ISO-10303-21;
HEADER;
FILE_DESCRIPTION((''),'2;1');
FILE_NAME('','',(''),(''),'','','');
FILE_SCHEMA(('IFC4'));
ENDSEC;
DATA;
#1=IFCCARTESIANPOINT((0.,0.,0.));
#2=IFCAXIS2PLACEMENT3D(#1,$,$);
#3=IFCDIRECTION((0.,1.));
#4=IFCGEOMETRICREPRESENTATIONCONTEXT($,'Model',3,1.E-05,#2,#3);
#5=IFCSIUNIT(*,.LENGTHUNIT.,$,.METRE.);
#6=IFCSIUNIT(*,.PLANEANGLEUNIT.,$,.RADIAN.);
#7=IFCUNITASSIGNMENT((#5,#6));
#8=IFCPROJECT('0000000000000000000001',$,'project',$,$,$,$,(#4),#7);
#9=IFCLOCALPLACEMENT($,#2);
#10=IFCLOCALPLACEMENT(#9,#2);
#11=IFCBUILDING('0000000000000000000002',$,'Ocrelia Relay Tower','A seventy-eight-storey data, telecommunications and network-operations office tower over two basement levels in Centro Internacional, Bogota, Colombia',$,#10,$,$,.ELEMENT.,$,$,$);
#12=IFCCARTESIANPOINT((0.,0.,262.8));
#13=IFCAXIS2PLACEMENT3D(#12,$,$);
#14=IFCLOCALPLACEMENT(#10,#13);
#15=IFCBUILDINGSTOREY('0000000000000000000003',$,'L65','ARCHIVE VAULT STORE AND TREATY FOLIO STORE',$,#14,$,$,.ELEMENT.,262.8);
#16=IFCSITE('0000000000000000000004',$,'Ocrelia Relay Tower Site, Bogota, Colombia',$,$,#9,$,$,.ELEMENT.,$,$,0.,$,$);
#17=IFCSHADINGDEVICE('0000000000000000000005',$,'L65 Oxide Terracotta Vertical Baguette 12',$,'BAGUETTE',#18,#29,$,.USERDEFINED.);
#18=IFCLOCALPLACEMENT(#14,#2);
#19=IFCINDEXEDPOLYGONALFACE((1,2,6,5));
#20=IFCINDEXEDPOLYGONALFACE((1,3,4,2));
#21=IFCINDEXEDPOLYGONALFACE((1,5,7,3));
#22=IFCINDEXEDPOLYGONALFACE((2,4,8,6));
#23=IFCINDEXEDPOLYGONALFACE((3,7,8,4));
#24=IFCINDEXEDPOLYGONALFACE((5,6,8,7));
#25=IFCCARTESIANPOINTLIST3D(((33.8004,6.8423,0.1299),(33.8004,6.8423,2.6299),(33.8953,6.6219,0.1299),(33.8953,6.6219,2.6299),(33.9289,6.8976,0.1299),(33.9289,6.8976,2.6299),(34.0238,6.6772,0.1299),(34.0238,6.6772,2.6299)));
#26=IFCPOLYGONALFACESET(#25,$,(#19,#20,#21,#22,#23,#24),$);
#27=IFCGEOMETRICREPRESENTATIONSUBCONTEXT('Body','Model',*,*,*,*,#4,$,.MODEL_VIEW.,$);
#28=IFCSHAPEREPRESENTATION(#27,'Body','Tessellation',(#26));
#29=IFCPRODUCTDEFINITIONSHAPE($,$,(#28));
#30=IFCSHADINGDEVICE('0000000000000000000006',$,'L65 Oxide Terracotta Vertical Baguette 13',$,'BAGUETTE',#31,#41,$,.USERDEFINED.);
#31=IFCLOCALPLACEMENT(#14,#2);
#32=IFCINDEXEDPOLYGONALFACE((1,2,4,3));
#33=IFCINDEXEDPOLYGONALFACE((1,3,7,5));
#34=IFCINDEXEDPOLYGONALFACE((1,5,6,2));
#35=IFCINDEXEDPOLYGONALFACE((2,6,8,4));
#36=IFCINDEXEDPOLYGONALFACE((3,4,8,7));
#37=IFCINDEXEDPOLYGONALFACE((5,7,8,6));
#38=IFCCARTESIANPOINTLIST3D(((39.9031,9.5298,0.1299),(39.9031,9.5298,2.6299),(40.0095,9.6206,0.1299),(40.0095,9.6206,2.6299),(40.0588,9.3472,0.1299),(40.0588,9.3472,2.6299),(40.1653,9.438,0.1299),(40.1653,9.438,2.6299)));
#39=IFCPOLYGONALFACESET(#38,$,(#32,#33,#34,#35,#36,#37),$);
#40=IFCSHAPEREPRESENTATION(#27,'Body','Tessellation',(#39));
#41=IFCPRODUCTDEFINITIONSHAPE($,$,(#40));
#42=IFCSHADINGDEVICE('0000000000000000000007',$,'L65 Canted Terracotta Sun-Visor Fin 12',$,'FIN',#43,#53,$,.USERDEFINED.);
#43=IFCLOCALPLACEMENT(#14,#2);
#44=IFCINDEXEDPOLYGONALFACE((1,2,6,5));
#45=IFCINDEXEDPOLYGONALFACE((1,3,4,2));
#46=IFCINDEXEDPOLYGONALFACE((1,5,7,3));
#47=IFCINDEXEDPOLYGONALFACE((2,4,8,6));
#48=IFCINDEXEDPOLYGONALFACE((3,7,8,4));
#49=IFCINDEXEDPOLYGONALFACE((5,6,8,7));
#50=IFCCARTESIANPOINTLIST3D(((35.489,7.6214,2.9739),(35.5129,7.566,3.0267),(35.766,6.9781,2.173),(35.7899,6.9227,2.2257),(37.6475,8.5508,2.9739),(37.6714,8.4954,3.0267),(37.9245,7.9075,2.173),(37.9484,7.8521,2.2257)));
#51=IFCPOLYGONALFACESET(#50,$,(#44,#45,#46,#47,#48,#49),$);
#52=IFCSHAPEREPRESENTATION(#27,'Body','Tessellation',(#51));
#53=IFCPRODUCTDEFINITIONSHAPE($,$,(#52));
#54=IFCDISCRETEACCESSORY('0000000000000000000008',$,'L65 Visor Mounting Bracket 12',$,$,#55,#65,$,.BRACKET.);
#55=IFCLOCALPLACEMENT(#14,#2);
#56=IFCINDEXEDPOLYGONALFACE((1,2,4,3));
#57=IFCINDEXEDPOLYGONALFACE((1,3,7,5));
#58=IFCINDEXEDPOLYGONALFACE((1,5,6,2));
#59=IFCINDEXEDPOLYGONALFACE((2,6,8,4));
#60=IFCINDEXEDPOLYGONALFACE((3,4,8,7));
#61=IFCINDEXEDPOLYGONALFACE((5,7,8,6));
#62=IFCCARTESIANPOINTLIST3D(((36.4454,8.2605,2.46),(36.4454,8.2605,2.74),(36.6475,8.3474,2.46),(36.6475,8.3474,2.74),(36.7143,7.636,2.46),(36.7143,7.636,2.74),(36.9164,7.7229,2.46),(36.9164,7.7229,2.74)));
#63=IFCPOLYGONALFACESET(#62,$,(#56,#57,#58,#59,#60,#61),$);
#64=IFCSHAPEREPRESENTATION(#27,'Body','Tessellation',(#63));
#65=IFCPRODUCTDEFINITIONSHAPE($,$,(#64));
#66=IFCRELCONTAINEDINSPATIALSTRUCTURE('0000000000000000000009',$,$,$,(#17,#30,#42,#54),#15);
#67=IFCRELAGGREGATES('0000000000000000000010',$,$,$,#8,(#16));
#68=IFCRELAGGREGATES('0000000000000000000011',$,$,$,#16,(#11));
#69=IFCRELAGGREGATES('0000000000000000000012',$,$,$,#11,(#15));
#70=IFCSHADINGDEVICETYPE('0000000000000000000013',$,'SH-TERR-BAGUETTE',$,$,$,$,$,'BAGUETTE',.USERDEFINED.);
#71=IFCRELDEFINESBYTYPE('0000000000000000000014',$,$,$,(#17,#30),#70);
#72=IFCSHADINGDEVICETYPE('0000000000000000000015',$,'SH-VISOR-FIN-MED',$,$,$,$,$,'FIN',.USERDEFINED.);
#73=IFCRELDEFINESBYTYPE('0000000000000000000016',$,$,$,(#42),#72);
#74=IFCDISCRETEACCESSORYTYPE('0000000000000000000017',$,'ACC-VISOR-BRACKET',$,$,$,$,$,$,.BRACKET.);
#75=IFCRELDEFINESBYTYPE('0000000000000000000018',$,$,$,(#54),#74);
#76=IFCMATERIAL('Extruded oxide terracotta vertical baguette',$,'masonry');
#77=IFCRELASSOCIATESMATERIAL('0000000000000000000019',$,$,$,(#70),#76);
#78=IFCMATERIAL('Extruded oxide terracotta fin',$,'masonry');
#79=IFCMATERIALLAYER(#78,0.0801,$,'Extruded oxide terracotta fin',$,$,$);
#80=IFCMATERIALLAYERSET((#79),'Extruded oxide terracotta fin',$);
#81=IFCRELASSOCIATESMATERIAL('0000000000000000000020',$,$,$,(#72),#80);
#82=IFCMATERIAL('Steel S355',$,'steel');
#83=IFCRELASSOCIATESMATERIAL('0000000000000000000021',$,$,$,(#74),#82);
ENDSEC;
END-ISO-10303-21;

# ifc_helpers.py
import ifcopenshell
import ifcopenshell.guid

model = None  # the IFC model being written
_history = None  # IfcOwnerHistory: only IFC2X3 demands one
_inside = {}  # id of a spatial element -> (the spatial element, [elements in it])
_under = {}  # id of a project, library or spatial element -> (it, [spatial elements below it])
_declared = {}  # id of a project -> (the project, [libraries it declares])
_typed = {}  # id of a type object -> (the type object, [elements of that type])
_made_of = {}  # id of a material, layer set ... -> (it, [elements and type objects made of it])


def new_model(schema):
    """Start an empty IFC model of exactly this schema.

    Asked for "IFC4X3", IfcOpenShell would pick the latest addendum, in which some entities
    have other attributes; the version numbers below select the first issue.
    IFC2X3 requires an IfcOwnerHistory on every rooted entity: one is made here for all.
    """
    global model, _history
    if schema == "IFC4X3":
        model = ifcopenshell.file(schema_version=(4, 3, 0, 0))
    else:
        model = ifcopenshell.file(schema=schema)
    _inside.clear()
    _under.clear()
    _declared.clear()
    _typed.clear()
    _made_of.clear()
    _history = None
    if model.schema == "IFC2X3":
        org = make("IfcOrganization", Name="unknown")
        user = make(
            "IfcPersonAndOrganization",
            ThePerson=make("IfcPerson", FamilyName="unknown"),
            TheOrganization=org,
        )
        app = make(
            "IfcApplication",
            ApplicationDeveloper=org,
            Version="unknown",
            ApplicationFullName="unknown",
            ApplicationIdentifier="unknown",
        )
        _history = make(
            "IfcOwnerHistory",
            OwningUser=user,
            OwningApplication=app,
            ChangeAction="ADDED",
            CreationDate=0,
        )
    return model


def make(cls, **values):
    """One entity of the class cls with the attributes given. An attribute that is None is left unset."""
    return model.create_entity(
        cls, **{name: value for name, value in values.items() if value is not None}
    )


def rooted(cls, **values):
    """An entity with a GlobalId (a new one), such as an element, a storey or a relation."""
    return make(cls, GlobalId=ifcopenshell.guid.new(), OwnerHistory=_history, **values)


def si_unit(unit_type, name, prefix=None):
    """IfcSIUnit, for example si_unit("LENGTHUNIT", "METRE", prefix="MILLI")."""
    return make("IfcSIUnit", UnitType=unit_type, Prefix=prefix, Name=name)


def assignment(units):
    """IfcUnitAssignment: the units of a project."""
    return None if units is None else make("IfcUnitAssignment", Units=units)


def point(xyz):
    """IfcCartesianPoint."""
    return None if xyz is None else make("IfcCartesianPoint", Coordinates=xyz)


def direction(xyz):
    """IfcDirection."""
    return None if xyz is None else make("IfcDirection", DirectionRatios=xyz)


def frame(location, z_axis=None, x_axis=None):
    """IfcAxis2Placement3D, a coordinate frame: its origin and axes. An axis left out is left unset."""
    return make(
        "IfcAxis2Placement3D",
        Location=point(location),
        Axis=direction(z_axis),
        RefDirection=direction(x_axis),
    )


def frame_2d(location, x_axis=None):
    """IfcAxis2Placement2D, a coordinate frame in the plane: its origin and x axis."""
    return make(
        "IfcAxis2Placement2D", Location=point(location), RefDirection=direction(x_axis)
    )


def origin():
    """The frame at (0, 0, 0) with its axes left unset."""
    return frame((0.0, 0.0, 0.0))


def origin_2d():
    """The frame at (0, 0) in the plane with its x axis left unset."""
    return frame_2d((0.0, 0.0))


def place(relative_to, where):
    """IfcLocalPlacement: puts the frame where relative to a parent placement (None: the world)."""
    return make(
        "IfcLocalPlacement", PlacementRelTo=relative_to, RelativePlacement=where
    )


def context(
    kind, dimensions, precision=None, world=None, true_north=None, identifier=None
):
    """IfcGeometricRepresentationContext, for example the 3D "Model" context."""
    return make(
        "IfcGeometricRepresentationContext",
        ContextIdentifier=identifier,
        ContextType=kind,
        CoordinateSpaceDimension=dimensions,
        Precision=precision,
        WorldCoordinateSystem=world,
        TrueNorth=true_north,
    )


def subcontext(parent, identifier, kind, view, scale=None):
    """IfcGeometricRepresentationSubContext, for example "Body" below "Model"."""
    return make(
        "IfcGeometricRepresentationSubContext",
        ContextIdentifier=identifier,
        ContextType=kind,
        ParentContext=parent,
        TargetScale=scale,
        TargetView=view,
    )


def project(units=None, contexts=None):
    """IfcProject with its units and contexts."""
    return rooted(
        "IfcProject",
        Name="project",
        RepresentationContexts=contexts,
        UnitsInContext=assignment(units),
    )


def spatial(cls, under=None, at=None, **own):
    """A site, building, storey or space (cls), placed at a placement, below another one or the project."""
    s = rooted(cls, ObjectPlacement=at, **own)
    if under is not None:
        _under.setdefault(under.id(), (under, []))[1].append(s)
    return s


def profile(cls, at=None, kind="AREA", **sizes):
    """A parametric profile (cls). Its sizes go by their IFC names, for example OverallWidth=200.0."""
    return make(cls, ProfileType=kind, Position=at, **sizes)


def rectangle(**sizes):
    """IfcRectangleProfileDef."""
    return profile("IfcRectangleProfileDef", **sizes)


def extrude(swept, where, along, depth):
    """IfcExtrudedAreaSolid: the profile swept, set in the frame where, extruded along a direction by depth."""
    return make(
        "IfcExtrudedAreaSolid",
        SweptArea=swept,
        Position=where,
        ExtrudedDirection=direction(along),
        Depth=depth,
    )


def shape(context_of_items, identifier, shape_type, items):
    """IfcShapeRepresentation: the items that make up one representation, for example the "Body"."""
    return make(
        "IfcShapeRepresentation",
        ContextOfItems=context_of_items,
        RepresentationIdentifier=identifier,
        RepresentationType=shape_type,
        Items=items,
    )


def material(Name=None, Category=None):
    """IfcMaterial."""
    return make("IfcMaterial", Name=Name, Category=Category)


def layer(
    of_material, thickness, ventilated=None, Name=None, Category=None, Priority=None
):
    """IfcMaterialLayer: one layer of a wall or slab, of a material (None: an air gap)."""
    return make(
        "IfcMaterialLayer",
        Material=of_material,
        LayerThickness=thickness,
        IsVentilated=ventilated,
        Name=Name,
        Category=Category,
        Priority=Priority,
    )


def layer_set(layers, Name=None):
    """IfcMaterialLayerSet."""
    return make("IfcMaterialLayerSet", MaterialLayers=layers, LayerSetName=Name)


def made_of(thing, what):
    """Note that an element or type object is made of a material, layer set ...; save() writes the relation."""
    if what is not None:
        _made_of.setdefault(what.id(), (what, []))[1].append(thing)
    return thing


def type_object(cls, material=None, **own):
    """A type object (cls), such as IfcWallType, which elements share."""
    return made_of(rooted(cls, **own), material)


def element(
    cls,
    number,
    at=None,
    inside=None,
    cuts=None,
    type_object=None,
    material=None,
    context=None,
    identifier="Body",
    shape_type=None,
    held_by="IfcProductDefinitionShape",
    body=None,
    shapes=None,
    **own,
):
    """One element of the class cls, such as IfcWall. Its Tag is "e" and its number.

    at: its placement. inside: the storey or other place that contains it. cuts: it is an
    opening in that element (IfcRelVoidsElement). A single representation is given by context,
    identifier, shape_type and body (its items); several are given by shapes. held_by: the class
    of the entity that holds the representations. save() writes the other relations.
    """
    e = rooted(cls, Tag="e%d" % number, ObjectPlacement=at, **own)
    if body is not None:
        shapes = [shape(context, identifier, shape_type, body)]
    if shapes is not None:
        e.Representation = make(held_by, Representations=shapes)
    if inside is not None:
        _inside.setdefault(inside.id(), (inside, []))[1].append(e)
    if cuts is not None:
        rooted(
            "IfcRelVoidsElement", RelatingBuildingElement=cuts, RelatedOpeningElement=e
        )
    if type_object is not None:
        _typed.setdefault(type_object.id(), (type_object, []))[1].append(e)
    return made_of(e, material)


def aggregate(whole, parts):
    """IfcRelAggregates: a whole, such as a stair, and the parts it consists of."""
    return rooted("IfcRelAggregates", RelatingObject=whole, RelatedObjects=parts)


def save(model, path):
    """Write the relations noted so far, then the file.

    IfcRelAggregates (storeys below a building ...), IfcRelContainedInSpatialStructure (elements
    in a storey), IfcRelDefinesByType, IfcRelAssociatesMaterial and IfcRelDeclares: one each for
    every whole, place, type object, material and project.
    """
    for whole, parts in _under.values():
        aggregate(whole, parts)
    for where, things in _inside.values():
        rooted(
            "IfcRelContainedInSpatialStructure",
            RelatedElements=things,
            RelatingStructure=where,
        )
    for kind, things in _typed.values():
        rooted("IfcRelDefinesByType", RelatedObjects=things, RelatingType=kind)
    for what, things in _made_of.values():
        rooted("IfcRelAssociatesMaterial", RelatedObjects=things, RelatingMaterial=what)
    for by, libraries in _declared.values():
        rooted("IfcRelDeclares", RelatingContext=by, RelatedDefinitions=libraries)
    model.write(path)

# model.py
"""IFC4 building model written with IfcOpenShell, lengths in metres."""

from ifc_helpers import new_model, si_unit, direction, frame, origin, origin_2d, place, context, subcontext, project, spatial, rectangle, extrude, material, layer, layer_set, type_object, element, save


model = new_model("IFC4")

# Units and contexts
model_context = context("Model", 3, precision=1e-05, world=origin(), true_north=direction((0.0, 1.0)))
body_context = subcontext(model_context, "Body", "Model", "MODEL_VIEW")
ifc_project = project(units=[si_unit("LENGTHUNIT", "METRE"), si_unit("PLANEANGLEUNIT", "RADIAN")], contexts=[model_context])

# Site, building, storey
site_placement = place(None, origin())
site = spatial("IfcSite", under=ifc_project, at=site_placement, Name="Ocrelia Relay Tower Site, Bogota, Colombia", CompositionType="ELEMENT", RefElevation=0.0)
building_placement = place(site_placement, origin())
building = spatial("IfcBuilding", under=site, at=building_placement, Name="Ocrelia Relay Tower", Description="A seventy-eight-storey data, telecommunications and network-operations office tower over two basement levels in Centro Internacional, Bogota, Colombia", CompositionType="ELEMENT")
storey_placement = place(building_placement, frame((0.0, 0.0, 262.8)))
storey = spatial("IfcBuildingStorey", under=building, at=storey_placement, Name="L65", Description="ARCHIVE VAULT STORE AND TREATY FOLIO STORE", CompositionType="ELEMENT", Elevation=262.8)

# Shared definitions
ifc_material_1 = material(Name="Steel S355", Category="steel")

# Shading devices
ifc_material_2 = material(Name="Extruded oxide terracotta vertical baguette", Category="masonry")
shading_device_type_1 = type_object("IfcShadingDeviceType", Name="SH-TERR-BAGUETTE", ElementType="BAGUETTE", PredefinedType="USERDEFINED", material=ifc_material_2)
for number, where, z_axis, x_axis, name in (
    (1, (33.9121, 6.7598, 0.1299), (0.0, 0.0, 1.0), (0.918477, 0.395474, 0.0), "L65 Oxide Terracotta Vertical Baguette 12"),
    (2, (40.0342, 9.4839, 0.1299), (0.0, 0.0, 1.0), (0.760866, 0.648909, 0.0), "L65 Oxide Terracotta Vertical Baguette 13"),
):
    element("IfcShadingDevice", number, at=place(storey_placement, frame(where, z_axis=z_axis, x_axis=x_axis)), inside=storey, type_object=shading_device_type_1, Name=name, ObjectType="BAGUETTE", PredefinedType="USERDEFINED", context=body_context, shape_type="SweptSolid", body=[
        extrude(rectangle(XDim=0.1399, YDim=0.24, at=origin_2d()), origin(), (0.0, 0.0, 1.0), 2.5),
    ])
ifc_material_3 = material(Name="Extruded oxide terracotta fin", Category="masonry")
ifc_layer_1 = layer(ifc_material_3, 0.0801, Name="Extruded oxide terracotta fin")
ifc_layer_set_1 = layer_set([ifc_layer_1], Name="Extruded oxide terracotta fin")
shading_device_type_2 = type_object("IfcShadingDeviceType", Name="SH-VISOR-FIN-MED", ElementType="FIN", PredefinedType="USERDEFINED", material=ifc_layer_set_1)
shading_device_placement = place(storey_placement, frame((36.7068, 7.7644, 2.5735), z_axis=(0.297697, -0.691393, 0.658295), x_axis=(0.918477, 0.395474, 0.0)))
element("IfcShadingDevice", 3, at=shading_device_placement, inside=storey, type_object=shading_device_type_2, Name="L65 Canted Terracotta Sun-Visor Fin 12", ObjectType="FIN", PredefinedType="USERDEFINED", context=body_context, shape_type="SweptSolid", body=[
    extrude(rectangle(XDim=2.3501, YDim=1.064, at=origin_2d()), origin(), (0.0, 0.0, 1.0), 0.0801),
])

# Discrete accessory
discrete_accessory_type = type_object("IfcDiscreteAccessoryType", Name="ACC-VISOR-BRACKET", PredefinedType="BRACKET", material=ifc_material_1)
discrete_accessory_placement = place(storey_placement, frame((36.6809, 7.9917, 2.46), z_axis=(0.0, 0.0, 1.0), x_axis=(0.918477, 0.395474, 0.0)))
element("IfcDiscreteAccessory", 4, at=discrete_accessory_placement, inside=storey, type_object=discrete_accessory_type, Name="L65 Visor Mounting Bracket 12", PredefinedType="BRACKET", context=body_context, shape_type="SweptSolid", body=[
    extrude(rectangle(XDim=0.22, YDim=0.6799, at=origin_2d()), origin(), (0.0, 0.0, 1.0), 0.28),
])

save(model, "model.ifc")
